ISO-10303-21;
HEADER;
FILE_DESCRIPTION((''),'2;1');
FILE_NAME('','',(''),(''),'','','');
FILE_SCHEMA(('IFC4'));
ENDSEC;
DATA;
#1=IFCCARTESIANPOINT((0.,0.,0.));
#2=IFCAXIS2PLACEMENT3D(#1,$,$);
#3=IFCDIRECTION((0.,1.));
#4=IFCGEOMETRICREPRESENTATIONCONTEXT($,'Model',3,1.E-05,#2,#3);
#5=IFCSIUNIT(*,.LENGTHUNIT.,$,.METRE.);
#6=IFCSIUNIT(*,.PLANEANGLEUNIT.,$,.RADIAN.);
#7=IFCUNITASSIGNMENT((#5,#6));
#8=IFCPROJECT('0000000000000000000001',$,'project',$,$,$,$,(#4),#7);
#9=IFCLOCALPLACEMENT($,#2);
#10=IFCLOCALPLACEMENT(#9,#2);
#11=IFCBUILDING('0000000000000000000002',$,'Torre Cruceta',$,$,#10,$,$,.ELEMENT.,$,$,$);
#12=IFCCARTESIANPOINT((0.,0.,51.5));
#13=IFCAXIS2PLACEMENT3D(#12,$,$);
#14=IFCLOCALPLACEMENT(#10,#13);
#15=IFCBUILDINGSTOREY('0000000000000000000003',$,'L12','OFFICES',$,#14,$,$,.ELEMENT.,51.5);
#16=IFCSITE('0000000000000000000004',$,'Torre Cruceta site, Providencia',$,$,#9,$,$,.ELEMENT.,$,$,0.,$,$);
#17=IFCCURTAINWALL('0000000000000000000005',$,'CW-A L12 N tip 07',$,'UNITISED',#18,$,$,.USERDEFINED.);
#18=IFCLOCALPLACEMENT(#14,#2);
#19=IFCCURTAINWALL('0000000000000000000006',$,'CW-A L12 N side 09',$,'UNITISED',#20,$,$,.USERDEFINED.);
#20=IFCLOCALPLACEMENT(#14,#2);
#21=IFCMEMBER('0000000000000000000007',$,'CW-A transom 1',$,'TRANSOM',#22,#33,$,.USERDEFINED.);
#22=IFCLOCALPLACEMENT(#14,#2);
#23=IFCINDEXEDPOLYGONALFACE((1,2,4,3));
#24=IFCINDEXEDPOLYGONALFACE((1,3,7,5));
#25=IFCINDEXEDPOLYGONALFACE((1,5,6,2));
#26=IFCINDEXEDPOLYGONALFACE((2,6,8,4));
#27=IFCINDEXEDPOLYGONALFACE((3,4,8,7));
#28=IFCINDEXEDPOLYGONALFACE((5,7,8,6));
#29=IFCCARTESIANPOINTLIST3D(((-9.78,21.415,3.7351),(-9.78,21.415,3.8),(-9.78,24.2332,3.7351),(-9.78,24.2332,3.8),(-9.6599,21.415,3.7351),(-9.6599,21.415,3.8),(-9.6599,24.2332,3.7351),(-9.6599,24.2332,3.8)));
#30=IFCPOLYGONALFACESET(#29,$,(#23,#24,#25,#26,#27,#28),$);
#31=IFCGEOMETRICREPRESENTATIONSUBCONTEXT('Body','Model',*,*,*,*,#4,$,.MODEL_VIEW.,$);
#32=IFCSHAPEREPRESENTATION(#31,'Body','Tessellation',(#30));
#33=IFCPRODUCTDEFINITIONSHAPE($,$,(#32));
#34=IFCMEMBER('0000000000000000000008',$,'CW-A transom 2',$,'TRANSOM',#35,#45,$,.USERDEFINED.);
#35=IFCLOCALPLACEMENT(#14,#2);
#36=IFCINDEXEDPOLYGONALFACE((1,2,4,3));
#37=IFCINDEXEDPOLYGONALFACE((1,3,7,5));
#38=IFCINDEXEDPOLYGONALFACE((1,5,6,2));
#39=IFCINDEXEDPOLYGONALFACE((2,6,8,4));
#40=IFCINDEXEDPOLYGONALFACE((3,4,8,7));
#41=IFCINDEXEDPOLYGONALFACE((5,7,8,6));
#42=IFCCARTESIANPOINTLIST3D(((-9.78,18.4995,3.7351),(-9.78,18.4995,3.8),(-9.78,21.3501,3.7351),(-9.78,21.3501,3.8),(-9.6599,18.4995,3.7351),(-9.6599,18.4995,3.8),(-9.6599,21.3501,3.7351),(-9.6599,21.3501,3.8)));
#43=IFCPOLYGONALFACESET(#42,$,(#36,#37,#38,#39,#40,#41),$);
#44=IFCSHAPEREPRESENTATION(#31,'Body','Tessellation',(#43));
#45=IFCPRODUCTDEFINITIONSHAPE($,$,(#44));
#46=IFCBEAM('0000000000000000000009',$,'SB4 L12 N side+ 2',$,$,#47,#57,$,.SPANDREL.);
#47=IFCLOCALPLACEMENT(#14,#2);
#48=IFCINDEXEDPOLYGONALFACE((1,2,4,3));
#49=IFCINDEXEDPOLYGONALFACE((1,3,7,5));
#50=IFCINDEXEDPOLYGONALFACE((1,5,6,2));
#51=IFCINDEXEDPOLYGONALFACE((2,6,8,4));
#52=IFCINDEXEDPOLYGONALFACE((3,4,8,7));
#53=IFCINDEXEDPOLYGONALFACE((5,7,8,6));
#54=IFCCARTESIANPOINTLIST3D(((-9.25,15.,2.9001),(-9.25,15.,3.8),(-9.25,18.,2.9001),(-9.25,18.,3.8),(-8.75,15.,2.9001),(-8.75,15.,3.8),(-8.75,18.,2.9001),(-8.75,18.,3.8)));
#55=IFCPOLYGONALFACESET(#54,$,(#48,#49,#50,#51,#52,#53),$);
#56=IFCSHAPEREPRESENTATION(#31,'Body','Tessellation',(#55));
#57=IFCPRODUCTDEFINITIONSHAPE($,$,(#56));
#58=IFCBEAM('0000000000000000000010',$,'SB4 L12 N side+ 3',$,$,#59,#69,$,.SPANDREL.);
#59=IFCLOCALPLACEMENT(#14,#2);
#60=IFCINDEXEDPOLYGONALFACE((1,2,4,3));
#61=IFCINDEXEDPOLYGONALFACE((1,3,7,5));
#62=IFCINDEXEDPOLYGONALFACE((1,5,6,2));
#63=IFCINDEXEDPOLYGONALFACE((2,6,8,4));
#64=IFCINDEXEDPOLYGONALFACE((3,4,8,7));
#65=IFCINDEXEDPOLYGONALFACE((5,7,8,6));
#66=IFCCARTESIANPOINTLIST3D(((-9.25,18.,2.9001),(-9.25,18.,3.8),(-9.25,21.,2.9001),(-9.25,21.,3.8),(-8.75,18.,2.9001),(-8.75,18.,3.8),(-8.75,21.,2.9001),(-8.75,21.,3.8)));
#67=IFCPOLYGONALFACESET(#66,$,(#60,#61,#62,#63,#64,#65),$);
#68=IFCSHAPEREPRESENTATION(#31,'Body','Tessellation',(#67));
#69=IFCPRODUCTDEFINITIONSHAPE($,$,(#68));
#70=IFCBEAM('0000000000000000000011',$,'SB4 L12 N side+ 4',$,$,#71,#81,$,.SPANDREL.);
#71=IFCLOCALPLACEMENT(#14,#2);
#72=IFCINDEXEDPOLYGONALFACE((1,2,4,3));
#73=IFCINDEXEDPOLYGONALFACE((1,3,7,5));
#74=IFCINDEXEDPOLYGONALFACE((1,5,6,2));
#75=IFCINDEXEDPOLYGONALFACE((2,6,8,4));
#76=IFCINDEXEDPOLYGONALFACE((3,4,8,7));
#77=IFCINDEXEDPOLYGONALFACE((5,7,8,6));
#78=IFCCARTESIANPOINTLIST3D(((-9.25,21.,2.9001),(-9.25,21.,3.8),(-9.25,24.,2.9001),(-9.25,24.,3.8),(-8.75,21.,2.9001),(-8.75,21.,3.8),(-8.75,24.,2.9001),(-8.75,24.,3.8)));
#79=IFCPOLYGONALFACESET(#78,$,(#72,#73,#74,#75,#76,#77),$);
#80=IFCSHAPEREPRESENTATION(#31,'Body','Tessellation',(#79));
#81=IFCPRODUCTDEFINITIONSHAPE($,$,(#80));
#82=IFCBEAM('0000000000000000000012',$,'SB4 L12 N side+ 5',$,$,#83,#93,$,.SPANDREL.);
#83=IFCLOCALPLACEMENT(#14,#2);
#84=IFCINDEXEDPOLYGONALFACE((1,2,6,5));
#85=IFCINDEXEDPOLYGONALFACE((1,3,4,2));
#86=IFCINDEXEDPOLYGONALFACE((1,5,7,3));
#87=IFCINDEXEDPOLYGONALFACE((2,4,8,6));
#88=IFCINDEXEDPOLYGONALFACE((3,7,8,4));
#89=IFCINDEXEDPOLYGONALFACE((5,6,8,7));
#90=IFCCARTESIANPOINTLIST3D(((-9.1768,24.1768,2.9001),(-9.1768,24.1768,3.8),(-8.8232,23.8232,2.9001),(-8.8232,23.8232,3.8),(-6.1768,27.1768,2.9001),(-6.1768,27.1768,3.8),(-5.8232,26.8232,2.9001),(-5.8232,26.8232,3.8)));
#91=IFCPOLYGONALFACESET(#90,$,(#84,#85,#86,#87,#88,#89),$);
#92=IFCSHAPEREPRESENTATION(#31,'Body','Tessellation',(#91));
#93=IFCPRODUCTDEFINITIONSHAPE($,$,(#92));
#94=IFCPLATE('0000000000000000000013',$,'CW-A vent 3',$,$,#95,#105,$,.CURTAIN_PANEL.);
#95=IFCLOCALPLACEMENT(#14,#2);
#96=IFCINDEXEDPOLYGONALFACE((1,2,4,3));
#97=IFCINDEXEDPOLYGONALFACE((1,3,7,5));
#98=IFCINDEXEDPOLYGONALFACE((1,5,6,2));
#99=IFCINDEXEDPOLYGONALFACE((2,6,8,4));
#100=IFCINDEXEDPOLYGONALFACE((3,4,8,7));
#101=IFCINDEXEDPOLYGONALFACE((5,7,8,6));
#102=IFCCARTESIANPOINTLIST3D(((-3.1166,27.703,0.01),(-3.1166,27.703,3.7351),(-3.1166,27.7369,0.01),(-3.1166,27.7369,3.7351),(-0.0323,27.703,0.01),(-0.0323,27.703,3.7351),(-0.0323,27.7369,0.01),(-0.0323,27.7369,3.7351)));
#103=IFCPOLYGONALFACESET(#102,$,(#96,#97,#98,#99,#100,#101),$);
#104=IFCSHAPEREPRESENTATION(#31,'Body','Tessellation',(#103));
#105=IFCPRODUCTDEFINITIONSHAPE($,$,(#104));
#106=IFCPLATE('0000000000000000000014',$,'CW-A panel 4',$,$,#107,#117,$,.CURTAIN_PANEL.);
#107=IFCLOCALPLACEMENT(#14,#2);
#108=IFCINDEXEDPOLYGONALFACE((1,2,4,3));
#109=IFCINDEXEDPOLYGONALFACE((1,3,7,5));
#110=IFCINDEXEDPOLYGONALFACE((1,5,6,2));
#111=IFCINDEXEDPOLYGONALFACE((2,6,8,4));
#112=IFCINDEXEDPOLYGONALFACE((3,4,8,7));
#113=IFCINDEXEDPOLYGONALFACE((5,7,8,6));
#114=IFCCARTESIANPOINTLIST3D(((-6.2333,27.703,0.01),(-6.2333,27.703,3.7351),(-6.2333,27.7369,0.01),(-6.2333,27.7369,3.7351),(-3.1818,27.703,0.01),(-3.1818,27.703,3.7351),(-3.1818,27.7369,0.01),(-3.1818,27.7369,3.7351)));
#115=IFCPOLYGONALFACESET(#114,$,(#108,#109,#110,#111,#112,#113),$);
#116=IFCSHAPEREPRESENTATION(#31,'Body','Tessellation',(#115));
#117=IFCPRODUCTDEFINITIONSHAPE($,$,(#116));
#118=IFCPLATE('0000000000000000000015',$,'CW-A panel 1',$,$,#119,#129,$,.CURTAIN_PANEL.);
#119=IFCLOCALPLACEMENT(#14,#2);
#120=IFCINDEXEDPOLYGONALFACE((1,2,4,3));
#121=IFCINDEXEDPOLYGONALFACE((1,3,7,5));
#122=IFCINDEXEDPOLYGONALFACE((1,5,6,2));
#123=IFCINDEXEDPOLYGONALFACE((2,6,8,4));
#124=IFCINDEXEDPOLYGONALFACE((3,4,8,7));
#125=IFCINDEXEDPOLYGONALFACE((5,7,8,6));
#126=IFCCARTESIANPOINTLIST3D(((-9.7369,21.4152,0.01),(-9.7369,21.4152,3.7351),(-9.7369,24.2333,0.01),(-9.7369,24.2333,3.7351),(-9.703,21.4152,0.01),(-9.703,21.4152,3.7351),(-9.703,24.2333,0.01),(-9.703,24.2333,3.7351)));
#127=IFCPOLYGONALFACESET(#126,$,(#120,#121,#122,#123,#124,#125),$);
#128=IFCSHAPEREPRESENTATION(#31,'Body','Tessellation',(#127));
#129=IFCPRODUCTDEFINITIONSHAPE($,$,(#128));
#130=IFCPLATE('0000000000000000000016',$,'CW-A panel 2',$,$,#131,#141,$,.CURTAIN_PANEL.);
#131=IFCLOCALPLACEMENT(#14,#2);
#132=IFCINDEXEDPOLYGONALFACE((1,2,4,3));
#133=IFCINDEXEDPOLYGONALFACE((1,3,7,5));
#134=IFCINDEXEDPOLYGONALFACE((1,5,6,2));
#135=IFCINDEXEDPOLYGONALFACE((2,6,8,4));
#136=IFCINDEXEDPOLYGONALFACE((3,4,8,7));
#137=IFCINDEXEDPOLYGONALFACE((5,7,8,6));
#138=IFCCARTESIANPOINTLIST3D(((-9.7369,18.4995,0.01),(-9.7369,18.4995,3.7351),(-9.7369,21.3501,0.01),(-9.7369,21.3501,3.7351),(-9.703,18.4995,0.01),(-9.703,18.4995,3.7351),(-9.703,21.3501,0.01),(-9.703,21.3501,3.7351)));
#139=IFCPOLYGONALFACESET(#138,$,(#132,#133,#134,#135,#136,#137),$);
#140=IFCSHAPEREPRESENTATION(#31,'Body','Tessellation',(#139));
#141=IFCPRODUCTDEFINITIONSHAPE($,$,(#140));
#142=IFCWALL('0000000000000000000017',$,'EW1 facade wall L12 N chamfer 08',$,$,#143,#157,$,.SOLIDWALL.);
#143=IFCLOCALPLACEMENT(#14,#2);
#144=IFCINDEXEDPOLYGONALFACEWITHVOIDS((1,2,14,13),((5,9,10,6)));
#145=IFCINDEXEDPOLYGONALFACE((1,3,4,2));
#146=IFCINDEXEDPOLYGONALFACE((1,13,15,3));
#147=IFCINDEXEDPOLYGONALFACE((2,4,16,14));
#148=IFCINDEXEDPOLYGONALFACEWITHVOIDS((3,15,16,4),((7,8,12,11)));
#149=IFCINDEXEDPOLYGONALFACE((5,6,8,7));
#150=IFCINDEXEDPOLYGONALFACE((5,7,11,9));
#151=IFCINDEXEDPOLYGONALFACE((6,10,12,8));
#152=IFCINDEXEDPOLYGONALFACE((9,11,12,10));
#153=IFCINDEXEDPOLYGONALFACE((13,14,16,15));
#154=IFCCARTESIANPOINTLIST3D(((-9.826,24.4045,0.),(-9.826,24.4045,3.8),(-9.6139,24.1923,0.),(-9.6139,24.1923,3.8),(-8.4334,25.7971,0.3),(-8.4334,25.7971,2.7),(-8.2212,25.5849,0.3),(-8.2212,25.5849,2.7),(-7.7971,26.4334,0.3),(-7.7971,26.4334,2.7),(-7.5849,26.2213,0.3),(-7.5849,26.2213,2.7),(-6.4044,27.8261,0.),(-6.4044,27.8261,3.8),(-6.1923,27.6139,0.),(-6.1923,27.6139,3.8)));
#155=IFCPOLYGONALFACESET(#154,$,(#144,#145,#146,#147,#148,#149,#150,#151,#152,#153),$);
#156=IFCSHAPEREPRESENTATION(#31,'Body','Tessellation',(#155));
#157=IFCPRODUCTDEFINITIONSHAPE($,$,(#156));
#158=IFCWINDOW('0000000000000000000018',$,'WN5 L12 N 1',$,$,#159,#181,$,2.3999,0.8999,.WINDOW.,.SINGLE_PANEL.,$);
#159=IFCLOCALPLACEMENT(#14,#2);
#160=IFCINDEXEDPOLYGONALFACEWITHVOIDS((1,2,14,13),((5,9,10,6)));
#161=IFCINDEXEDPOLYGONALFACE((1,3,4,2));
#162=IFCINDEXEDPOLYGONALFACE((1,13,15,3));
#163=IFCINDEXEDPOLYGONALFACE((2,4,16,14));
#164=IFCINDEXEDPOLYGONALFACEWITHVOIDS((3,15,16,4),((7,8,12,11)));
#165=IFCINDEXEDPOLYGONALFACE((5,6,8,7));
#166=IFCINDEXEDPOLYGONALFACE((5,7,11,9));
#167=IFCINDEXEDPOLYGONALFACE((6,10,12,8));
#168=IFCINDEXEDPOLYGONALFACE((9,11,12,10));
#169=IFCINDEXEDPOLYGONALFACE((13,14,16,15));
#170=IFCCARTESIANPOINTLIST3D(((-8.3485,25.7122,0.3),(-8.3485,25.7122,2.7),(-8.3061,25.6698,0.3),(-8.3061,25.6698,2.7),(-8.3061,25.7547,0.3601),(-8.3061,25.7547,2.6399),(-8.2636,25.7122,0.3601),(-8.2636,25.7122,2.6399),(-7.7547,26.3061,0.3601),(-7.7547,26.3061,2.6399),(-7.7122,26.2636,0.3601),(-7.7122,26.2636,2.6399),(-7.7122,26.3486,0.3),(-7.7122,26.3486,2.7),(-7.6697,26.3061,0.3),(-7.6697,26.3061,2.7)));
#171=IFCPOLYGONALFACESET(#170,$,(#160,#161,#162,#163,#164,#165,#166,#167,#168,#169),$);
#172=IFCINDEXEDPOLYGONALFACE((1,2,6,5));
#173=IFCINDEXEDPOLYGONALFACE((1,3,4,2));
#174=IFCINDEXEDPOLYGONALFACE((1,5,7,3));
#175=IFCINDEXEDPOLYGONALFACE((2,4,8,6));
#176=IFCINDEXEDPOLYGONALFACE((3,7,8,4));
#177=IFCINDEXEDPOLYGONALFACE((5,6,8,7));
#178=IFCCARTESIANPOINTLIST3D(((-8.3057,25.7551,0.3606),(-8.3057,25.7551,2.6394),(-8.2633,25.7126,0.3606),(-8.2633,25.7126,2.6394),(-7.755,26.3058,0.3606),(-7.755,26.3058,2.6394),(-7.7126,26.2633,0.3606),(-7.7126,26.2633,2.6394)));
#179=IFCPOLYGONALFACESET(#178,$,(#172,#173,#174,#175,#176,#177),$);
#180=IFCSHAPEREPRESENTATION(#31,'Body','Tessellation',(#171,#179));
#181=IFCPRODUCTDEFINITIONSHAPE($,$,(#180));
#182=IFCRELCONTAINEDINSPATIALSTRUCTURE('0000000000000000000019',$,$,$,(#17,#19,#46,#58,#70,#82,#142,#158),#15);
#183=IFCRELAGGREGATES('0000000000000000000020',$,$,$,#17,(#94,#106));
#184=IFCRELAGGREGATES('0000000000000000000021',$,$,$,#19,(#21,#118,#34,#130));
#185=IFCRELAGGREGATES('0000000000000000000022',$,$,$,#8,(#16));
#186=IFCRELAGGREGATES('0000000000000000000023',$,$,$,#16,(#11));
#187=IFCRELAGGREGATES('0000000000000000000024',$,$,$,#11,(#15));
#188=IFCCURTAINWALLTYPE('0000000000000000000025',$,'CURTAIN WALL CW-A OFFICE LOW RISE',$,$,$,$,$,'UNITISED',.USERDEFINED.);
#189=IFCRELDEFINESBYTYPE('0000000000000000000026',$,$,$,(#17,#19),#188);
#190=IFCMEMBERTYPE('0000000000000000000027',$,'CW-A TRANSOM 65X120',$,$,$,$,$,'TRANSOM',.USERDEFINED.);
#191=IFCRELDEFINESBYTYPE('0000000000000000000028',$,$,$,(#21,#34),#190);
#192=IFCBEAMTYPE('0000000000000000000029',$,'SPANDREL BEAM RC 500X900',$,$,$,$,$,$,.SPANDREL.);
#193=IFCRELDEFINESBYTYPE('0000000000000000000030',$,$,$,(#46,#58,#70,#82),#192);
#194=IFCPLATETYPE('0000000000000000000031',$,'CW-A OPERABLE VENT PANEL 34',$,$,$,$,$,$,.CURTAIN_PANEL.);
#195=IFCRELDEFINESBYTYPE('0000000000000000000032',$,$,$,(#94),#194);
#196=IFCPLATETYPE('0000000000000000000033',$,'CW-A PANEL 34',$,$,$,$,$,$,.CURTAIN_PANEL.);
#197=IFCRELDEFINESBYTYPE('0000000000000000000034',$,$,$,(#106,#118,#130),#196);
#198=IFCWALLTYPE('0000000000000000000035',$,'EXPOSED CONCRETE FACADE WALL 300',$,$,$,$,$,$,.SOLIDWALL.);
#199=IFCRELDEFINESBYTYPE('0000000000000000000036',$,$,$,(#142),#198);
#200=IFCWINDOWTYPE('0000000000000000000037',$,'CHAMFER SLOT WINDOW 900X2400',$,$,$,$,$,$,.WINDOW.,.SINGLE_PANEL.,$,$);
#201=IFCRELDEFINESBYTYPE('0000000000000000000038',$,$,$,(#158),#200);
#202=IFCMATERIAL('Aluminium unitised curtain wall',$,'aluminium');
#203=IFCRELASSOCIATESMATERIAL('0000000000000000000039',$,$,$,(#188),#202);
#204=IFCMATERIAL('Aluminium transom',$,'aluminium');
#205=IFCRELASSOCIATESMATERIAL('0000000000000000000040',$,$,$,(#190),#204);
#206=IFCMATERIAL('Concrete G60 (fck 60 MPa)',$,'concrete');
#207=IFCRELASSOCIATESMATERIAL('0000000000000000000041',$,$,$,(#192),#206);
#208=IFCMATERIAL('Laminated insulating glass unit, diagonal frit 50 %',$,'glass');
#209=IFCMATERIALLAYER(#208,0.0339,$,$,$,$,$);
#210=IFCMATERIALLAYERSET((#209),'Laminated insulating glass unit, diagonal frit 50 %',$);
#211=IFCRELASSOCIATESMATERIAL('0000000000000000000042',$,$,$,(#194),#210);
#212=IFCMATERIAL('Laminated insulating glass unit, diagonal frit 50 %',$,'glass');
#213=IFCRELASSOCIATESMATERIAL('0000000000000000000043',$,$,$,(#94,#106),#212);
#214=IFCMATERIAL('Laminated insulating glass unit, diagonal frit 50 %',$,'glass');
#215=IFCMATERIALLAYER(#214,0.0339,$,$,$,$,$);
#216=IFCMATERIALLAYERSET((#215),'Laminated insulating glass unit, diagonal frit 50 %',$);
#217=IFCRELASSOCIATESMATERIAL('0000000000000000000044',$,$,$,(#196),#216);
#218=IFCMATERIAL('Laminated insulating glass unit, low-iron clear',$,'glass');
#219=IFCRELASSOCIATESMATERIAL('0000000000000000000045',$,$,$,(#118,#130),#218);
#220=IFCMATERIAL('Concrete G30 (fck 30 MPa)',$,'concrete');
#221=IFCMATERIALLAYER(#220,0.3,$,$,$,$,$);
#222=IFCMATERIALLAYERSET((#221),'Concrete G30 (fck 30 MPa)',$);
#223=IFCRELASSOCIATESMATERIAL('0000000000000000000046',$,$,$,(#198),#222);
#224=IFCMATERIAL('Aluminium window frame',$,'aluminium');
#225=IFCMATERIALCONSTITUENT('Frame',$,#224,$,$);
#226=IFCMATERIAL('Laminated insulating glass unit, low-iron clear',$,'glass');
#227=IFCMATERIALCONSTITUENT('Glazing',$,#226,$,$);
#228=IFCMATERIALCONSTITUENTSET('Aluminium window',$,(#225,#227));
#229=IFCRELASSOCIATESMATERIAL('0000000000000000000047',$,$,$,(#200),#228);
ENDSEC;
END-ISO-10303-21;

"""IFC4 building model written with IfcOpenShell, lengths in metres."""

from ifc_helpers import new_model, si_unit, direction, frame, frame_2d, origin, origin_2d, place, context, subcontext, project, spatial, rectangle, hollow_rectangle, extrude, material, layer, layer_set, constituent, constituent_set, material_profile, profile_set, type_object, element, fill, aggregate, save


model = new_model("IFC4")

# Units and contexts
model_context = context("Model", 3, precision=1e-05, world=origin(), true_north=direction((0.0, 1.0)))
body_context = subcontext(model_context, "Body", "Model", "MODEL_VIEW")
ifc_project = project(units=[si_unit("LENGTHUNIT", "METRE"), si_unit("PLANEANGLEUNIT", "RADIAN")], contexts=[model_context])

# Site, building, storey
site_placement = place(None, origin())
site = spatial("IfcSite", under=ifc_project, at=site_placement, Name="Torre Cruceta site, Providencia", CompositionType="ELEMENT", RefElevation=0.0)
building_placement = place(site_placement, origin())
building = spatial("IfcBuilding", under=site, at=building_placement, Name="Torre Cruceta", CompositionType="ELEMENT")
storey_placement = place(building_placement, frame((0.0, 0.0, 51.5)))
storey = spatial("IfcBuildingStorey", under=building, at=storey_placement, Name="L12", Description="OFFICES", CompositionType="ELEMENT", Elevation=51.5)

# Curtain walls
ifc_material_1 = material(Name="Aluminium unitised curtain wall", Category="aluminium")
curtain_wall_type = type_object("IfcCurtainWallType", Name="CURTAIN WALL CW-A OFFICE LOW RISE", ElementType="UNITISED", PredefinedType="USERDEFINED", material=ifc_material_1)
curtain_wall_1_placement = place(storey_placement, origin())
curtain_wall_1 = element("IfcCurtainWall", 1, at=curtain_wall_1_placement, inside=storey, type_object=curtain_wall_type, Name="CW-A L12 N tip 07", ObjectType="UNITISED", PredefinedType="USERDEFINED")
curtain_wall_2_placement = place(storey_placement, origin())
curtain_wall_2 = element("IfcCurtainWall", 2, at=curtain_wall_2_placement, inside=storey, type_object=curtain_wall_type, Name="CW-A L12 N side 09", ObjectType="UNITISED", PredefinedType="USERDEFINED")

# Members
ifc_material_2 = material(Name="Aluminium transom", Category="aluminium")
ifc_material_profile_1 = material_profile(ifc_material_2, rectangle(XDim=0.1201, YDim=0.0649, at=origin_2d()), Name="AL 120X65")
ifc_profile_set_1 = profile_set([ifc_material_profile_1], Name="Aluminium transom")
member_type_1 = type_object("IfcMemberType", Name="CW-A TRANSOM 65X120", ElementType="TRANSOM", PredefinedType="USERDEFINED", material=ifc_profile_set_1)
member_1_placement = place(storey_placement, frame((-9.72, 24.2332, 3.7676), z_axis=(0.0, -1.0, 0.0), x_axis=(1.0, 0.0, 0.0)))
member_1 = element("IfcMember", 3, at=member_1_placement, type_object=member_type_1, Name="CW-A transom 1", ObjectType="TRANSOM", PredefinedType="USERDEFINED", context=body_context, shape_type="SweptSolid", body=[
    extrude(rectangle(XDim=0.1201, YDim=0.0649, at=origin_2d()), origin(), (0.0, 0.0, 1.0), 2.8181),
])
member_2_placement = place(storey_placement, frame((-9.72, 21.3501, 3.7676), z_axis=(0.0, -1.0, 0.0), x_axis=(1.0, 0.0, 0.0)))
member_2 = element("IfcMember", 4, at=member_2_placement, type_object=member_type_1, Name="CW-A transom 2", ObjectType="TRANSOM", PredefinedType="USERDEFINED", context=body_context, shape_type="SweptSolid", body=[
    extrude(rectangle(XDim=0.1201, YDim=0.0649, at=origin_2d()), origin(), (0.0, 0.0, 1.0), 2.8506),
])

# Beams
ifc_material_3 = material(Name="Concrete G60 (fck 60 MPa)", Category="concrete")
ifc_material_profile_2 = material_profile(ifc_material_3, rectangle(XDim=0.5, YDim=0.8999, at=origin_2d()), Name="RC 500X900")
ifc_profile_set_2 = profile_set([ifc_material_profile_2], Name="Concrete G60 (fck 60 MPa)")
beam_type_1 = type_object("IfcBeamType", Name="SPANDREL BEAM RC 500X900", PredefinedType="SPANDREL", material=ifc_profile_set_2)
for number, where, z_axis, x_axis, name in (
    (5, (-9.0, 15.0, 3.3501), (0.0, 1.0, 0.0), (-1.0, 0.0, 0.0), "SB4 L12 N side+ 2"),
    (6, (-9.0, 18.0, 3.3501), (0.0, 1.0, 0.0), (-1.0, 0.0, 0.0), "SB4 L12 N side+ 3"),
    (7, (-9.0, 21.0, 3.3501), (0.0, 1.0, 0.0), (-1.0, 0.0, 0.0), "SB4 L12 N side+ 4"),
):
    element("IfcBeam", number, at=place(storey_placement, frame(where, z_axis=z_axis, x_axis=x_axis)), inside=storey, type_object=beam_type_1, Name=name, PredefinedType="SPANDREL", context=body_context, shape_type="SweptSolid", body=[
        extrude(rectangle(XDim=0.5, YDim=0.8999, at=origin_2d()), origin(), (0.0, 0.0, 1.0), 3.0),
    ])
beam_placement = place(storey_placement, frame((-9.0, 24.0, 3.3501), z_axis=(0.707107, 0.707107, 0.0), x_axis=(-0.707107, 0.707107, 0.0)))
element("IfcBeam", 8, at=beam_placement, inside=storey, type_object=beam_type_1, Name="SB4 L12 N side+ 5", PredefinedType="SPANDREL", context=body_context, shape_type="SweptSolid", body=[
    extrude(rectangle(XDim=0.5, YDim=0.8999, at=origin_2d()), origin(), (0.0, 0.0, 1.0), 4.2427),
])

# Plates
ifc_material_4 = material(Name="Laminated insulating glass unit, diagonal frit 50 %", Category="glass")
ifc_material_5 = material(Name="Laminated insulating glass unit, diagonal frit 50 %", Category="glass")
ifc_layer_1 = layer(ifc_material_5, 0.0339)
ifc_layer_set_1 = layer_set([ifc_layer_1], Name="Laminated insulating glass unit, diagonal frit 50 %")
plate_type_1 = type_object("IfcPlateType", Name="CW-A OPERABLE VENT PANEL 34", PredefinedType="CURTAIN_PANEL", material=ifc_layer_set_1)
plate_1_placement = place(storey_placement, frame((-1.5745, 27.72, 0.01), z_axis=(0.0, 0.0, 1.0), x_axis=(-1.0, 0.0, 0.0)))
plate_1 = element("IfcPlate", 9, at=plate_1_placement, type_object=plate_type_1, material=ifc_material_4, Name="CW-A vent 3", PredefinedType="CURTAIN_PANEL", context=body_context, shape_type="SweptSolid", body=[
    extrude(rectangle(XDim=3.0842, YDim=0.0339, at=origin_2d()), origin(), (0.0, 0.0, 1.0), 3.7251),
])
ifc_material_6 = material(Name="Laminated insulating glass unit, diagonal frit 50 %", Category="glass")
ifc_layer_2 = layer(ifc_material_6, 0.0339)
ifc_layer_set_2 = layer_set([ifc_layer_2], Name="Laminated insulating glass unit, diagonal frit 50 %")
plate_type_2 = type_object("IfcPlateType", Name="CW-A PANEL 34", PredefinedType="CURTAIN_PANEL", material=ifc_layer_set_2)
plate_2_placement = place(storey_placement, frame((-4.7075, 27.72, 0.01), z_axis=(0.0, 0.0, 1.0), x_axis=(-1.0, 0.0, 0.0)))
plate_2 = element("IfcPlate", 10, at=plate_2_placement, type_object=plate_type_2, material=ifc_material_4, Name="CW-A panel 4", PredefinedType="CURTAIN_PANEL", context=body_context, shape_type="SweptSolid", body=[
    extrude(rectangle(XDim=3.0515, YDim=0.0339, at=origin_2d()), origin(), (0.0, 0.0, 1.0), 3.7251),
])
aggregate(curtain_wall_1, [plate_1, plate_2])
ifc_material_7 = material(Name="Laminated insulating glass unit, low-iron clear", Category="glass")
plate_3_placement = place(storey_placement, frame((-9.72, 22.8242, 0.01), z_axis=(0.0, 0.0, 1.0), x_axis=(0.0, -1.0, 0.0)))
plate_3 = element("IfcPlate", 11, at=plate_3_placement, type_object=plate_type_2, material=ifc_material_7, Name="CW-A panel 1", PredefinedType="CURTAIN_PANEL", context=body_context, shape_type="SweptSolid", body=[
    extrude(rectangle(XDim=2.8181, YDim=0.0339, at=origin_2d()), origin(), (0.0, 0.0, 1.0), 3.7251),
])
plate_4_placement = place(storey_placement, frame((-9.72, 19.9248, 0.01), z_axis=(0.0, 0.0, 1.0), x_axis=(0.0, -1.0, 0.0)))
plate_4 = element("IfcPlate", 12, at=plate_4_placement, type_object=plate_type_2, material=ifc_material_7, Name="CW-A panel 2", PredefinedType="CURTAIN_PANEL", context=body_context, shape_type="SweptSolid", body=[
    extrude(rectangle(XDim=2.8506, YDim=0.0339, at=origin_2d()), origin(), (0.0, 0.0, 1.0), 3.7251),
])
aggregate(curtain_wall_2, [member_1, plate_3, member_2, plate_4])

# Wall, opening, window
ifc_material_8 = material(Name="Concrete G30 (fck 30 MPa)", Category="concrete")
ifc_layer_3 = layer(ifc_material_8, 0.3)
ifc_layer_set_3 = layer_set([ifc_layer_3], Name="Concrete G30 (fck 30 MPa)")
wall_type_1 = type_object("IfcWallType", Name="EXPOSED CONCRETE FACADE WALL 300", PredefinedType="SOLIDWALL", material=ifc_layer_set_3)
wall_1_placement = place(storey_placement, frame((-6.2983, 27.72, 0.0), z_axis=(0.0, 0.0, 1.0), x_axis=(-0.707107, -0.707107, 0.0)))
wall_1 = element("IfcWall", 13, at=wall_1_placement, inside=storey, type_object=wall_type_1, Name="EW1 facade wall L12 N chamfer 08", PredefinedType="SOLIDWALL", context=body_context, shape_type="SweptSolid", body=[
    extrude(rectangle(XDim=4.8389, YDim=0.3, at=frame_2d((2.4194, 0.0))), origin(), (0.0, 0.0, 1.0), 3.8),
])
opening_1_placement = place(wall_1_placement, frame((1.9695, 0.0, 0.3)))
opening_1 = element("IfcOpeningElement", 14, at=opening_1_placement, cuts=wall_1, PredefinedType="OPENING", context=body_context, shape_type="SweptSolid", body=[
    extrude(rectangle(XDim=0.8999, YDim=2.3999, at=frame_2d((0.45, 1.2))), frame((0.0, 0.1599, 0.0), z_axis=(0.0, -1.0, 0.0), x_axis=(1.0, 0.0, 0.0)), (0.0, 0.0, 1.0), 0.3201),
])
ifc_material_9 = material(Name="Aluminium window frame", Category="aluminium")
ifc_constituent_1 = constituent(ifc_material_9, Name="Frame")
ifc_material_10 = material(Name="Laminated insulating glass unit, low-iron clear", Category="glass")
ifc_constituent_2 = constituent(ifc_material_10, Name="Glazing")
ifc_constituent_set_1 = constituent_set(constituents=[ifc_constituent_1, ifc_constituent_2], Name="Aluminium window")
window_type = type_object("IfcWindowType", Name="CHAMFER SLOT WINDOW 900X2400", PartitioningType="SINGLE_PANEL", PredefinedType="WINDOW", material=ifc_constituent_set_1)
window_placement = place(opening_1_placement, origin())
window = element("IfcWindow", 15, at=window_placement, inside=storey, type_object=window_type, Name="WN5 L12 N 1", OverallHeight=2.3999, OverallWidth=0.8999, PartitioningType="SINGLE_PANEL", PredefinedType="WINDOW", context=body_context, shape_type="SweptSolid", body=[
    extrude(hollow_rectangle(XDim=0.8999, YDim=2.3999, WallThickness=0.0601, at=frame_2d((0.45, 1.2))), frame((0.0, 0.03, 0.0), z_axis=(0.0, -1.0, 0.0), x_axis=(1.0, 0.0, 0.0)), (0.0, 0.0, 1.0), 0.0601),
    extrude(rectangle(XDim=0.7788, YDim=2.2788, at=frame_2d((0.45, 1.2))), frame((0.0, 0.03, 0.0), z_axis=(0.0, -1.0, 0.0), x_axis=(1.0, 0.0, 0.0)), (0.0, 0.0, 1.0), 0.0601),
])
fill(opening_1, window)

save(model, "model.ifc")
